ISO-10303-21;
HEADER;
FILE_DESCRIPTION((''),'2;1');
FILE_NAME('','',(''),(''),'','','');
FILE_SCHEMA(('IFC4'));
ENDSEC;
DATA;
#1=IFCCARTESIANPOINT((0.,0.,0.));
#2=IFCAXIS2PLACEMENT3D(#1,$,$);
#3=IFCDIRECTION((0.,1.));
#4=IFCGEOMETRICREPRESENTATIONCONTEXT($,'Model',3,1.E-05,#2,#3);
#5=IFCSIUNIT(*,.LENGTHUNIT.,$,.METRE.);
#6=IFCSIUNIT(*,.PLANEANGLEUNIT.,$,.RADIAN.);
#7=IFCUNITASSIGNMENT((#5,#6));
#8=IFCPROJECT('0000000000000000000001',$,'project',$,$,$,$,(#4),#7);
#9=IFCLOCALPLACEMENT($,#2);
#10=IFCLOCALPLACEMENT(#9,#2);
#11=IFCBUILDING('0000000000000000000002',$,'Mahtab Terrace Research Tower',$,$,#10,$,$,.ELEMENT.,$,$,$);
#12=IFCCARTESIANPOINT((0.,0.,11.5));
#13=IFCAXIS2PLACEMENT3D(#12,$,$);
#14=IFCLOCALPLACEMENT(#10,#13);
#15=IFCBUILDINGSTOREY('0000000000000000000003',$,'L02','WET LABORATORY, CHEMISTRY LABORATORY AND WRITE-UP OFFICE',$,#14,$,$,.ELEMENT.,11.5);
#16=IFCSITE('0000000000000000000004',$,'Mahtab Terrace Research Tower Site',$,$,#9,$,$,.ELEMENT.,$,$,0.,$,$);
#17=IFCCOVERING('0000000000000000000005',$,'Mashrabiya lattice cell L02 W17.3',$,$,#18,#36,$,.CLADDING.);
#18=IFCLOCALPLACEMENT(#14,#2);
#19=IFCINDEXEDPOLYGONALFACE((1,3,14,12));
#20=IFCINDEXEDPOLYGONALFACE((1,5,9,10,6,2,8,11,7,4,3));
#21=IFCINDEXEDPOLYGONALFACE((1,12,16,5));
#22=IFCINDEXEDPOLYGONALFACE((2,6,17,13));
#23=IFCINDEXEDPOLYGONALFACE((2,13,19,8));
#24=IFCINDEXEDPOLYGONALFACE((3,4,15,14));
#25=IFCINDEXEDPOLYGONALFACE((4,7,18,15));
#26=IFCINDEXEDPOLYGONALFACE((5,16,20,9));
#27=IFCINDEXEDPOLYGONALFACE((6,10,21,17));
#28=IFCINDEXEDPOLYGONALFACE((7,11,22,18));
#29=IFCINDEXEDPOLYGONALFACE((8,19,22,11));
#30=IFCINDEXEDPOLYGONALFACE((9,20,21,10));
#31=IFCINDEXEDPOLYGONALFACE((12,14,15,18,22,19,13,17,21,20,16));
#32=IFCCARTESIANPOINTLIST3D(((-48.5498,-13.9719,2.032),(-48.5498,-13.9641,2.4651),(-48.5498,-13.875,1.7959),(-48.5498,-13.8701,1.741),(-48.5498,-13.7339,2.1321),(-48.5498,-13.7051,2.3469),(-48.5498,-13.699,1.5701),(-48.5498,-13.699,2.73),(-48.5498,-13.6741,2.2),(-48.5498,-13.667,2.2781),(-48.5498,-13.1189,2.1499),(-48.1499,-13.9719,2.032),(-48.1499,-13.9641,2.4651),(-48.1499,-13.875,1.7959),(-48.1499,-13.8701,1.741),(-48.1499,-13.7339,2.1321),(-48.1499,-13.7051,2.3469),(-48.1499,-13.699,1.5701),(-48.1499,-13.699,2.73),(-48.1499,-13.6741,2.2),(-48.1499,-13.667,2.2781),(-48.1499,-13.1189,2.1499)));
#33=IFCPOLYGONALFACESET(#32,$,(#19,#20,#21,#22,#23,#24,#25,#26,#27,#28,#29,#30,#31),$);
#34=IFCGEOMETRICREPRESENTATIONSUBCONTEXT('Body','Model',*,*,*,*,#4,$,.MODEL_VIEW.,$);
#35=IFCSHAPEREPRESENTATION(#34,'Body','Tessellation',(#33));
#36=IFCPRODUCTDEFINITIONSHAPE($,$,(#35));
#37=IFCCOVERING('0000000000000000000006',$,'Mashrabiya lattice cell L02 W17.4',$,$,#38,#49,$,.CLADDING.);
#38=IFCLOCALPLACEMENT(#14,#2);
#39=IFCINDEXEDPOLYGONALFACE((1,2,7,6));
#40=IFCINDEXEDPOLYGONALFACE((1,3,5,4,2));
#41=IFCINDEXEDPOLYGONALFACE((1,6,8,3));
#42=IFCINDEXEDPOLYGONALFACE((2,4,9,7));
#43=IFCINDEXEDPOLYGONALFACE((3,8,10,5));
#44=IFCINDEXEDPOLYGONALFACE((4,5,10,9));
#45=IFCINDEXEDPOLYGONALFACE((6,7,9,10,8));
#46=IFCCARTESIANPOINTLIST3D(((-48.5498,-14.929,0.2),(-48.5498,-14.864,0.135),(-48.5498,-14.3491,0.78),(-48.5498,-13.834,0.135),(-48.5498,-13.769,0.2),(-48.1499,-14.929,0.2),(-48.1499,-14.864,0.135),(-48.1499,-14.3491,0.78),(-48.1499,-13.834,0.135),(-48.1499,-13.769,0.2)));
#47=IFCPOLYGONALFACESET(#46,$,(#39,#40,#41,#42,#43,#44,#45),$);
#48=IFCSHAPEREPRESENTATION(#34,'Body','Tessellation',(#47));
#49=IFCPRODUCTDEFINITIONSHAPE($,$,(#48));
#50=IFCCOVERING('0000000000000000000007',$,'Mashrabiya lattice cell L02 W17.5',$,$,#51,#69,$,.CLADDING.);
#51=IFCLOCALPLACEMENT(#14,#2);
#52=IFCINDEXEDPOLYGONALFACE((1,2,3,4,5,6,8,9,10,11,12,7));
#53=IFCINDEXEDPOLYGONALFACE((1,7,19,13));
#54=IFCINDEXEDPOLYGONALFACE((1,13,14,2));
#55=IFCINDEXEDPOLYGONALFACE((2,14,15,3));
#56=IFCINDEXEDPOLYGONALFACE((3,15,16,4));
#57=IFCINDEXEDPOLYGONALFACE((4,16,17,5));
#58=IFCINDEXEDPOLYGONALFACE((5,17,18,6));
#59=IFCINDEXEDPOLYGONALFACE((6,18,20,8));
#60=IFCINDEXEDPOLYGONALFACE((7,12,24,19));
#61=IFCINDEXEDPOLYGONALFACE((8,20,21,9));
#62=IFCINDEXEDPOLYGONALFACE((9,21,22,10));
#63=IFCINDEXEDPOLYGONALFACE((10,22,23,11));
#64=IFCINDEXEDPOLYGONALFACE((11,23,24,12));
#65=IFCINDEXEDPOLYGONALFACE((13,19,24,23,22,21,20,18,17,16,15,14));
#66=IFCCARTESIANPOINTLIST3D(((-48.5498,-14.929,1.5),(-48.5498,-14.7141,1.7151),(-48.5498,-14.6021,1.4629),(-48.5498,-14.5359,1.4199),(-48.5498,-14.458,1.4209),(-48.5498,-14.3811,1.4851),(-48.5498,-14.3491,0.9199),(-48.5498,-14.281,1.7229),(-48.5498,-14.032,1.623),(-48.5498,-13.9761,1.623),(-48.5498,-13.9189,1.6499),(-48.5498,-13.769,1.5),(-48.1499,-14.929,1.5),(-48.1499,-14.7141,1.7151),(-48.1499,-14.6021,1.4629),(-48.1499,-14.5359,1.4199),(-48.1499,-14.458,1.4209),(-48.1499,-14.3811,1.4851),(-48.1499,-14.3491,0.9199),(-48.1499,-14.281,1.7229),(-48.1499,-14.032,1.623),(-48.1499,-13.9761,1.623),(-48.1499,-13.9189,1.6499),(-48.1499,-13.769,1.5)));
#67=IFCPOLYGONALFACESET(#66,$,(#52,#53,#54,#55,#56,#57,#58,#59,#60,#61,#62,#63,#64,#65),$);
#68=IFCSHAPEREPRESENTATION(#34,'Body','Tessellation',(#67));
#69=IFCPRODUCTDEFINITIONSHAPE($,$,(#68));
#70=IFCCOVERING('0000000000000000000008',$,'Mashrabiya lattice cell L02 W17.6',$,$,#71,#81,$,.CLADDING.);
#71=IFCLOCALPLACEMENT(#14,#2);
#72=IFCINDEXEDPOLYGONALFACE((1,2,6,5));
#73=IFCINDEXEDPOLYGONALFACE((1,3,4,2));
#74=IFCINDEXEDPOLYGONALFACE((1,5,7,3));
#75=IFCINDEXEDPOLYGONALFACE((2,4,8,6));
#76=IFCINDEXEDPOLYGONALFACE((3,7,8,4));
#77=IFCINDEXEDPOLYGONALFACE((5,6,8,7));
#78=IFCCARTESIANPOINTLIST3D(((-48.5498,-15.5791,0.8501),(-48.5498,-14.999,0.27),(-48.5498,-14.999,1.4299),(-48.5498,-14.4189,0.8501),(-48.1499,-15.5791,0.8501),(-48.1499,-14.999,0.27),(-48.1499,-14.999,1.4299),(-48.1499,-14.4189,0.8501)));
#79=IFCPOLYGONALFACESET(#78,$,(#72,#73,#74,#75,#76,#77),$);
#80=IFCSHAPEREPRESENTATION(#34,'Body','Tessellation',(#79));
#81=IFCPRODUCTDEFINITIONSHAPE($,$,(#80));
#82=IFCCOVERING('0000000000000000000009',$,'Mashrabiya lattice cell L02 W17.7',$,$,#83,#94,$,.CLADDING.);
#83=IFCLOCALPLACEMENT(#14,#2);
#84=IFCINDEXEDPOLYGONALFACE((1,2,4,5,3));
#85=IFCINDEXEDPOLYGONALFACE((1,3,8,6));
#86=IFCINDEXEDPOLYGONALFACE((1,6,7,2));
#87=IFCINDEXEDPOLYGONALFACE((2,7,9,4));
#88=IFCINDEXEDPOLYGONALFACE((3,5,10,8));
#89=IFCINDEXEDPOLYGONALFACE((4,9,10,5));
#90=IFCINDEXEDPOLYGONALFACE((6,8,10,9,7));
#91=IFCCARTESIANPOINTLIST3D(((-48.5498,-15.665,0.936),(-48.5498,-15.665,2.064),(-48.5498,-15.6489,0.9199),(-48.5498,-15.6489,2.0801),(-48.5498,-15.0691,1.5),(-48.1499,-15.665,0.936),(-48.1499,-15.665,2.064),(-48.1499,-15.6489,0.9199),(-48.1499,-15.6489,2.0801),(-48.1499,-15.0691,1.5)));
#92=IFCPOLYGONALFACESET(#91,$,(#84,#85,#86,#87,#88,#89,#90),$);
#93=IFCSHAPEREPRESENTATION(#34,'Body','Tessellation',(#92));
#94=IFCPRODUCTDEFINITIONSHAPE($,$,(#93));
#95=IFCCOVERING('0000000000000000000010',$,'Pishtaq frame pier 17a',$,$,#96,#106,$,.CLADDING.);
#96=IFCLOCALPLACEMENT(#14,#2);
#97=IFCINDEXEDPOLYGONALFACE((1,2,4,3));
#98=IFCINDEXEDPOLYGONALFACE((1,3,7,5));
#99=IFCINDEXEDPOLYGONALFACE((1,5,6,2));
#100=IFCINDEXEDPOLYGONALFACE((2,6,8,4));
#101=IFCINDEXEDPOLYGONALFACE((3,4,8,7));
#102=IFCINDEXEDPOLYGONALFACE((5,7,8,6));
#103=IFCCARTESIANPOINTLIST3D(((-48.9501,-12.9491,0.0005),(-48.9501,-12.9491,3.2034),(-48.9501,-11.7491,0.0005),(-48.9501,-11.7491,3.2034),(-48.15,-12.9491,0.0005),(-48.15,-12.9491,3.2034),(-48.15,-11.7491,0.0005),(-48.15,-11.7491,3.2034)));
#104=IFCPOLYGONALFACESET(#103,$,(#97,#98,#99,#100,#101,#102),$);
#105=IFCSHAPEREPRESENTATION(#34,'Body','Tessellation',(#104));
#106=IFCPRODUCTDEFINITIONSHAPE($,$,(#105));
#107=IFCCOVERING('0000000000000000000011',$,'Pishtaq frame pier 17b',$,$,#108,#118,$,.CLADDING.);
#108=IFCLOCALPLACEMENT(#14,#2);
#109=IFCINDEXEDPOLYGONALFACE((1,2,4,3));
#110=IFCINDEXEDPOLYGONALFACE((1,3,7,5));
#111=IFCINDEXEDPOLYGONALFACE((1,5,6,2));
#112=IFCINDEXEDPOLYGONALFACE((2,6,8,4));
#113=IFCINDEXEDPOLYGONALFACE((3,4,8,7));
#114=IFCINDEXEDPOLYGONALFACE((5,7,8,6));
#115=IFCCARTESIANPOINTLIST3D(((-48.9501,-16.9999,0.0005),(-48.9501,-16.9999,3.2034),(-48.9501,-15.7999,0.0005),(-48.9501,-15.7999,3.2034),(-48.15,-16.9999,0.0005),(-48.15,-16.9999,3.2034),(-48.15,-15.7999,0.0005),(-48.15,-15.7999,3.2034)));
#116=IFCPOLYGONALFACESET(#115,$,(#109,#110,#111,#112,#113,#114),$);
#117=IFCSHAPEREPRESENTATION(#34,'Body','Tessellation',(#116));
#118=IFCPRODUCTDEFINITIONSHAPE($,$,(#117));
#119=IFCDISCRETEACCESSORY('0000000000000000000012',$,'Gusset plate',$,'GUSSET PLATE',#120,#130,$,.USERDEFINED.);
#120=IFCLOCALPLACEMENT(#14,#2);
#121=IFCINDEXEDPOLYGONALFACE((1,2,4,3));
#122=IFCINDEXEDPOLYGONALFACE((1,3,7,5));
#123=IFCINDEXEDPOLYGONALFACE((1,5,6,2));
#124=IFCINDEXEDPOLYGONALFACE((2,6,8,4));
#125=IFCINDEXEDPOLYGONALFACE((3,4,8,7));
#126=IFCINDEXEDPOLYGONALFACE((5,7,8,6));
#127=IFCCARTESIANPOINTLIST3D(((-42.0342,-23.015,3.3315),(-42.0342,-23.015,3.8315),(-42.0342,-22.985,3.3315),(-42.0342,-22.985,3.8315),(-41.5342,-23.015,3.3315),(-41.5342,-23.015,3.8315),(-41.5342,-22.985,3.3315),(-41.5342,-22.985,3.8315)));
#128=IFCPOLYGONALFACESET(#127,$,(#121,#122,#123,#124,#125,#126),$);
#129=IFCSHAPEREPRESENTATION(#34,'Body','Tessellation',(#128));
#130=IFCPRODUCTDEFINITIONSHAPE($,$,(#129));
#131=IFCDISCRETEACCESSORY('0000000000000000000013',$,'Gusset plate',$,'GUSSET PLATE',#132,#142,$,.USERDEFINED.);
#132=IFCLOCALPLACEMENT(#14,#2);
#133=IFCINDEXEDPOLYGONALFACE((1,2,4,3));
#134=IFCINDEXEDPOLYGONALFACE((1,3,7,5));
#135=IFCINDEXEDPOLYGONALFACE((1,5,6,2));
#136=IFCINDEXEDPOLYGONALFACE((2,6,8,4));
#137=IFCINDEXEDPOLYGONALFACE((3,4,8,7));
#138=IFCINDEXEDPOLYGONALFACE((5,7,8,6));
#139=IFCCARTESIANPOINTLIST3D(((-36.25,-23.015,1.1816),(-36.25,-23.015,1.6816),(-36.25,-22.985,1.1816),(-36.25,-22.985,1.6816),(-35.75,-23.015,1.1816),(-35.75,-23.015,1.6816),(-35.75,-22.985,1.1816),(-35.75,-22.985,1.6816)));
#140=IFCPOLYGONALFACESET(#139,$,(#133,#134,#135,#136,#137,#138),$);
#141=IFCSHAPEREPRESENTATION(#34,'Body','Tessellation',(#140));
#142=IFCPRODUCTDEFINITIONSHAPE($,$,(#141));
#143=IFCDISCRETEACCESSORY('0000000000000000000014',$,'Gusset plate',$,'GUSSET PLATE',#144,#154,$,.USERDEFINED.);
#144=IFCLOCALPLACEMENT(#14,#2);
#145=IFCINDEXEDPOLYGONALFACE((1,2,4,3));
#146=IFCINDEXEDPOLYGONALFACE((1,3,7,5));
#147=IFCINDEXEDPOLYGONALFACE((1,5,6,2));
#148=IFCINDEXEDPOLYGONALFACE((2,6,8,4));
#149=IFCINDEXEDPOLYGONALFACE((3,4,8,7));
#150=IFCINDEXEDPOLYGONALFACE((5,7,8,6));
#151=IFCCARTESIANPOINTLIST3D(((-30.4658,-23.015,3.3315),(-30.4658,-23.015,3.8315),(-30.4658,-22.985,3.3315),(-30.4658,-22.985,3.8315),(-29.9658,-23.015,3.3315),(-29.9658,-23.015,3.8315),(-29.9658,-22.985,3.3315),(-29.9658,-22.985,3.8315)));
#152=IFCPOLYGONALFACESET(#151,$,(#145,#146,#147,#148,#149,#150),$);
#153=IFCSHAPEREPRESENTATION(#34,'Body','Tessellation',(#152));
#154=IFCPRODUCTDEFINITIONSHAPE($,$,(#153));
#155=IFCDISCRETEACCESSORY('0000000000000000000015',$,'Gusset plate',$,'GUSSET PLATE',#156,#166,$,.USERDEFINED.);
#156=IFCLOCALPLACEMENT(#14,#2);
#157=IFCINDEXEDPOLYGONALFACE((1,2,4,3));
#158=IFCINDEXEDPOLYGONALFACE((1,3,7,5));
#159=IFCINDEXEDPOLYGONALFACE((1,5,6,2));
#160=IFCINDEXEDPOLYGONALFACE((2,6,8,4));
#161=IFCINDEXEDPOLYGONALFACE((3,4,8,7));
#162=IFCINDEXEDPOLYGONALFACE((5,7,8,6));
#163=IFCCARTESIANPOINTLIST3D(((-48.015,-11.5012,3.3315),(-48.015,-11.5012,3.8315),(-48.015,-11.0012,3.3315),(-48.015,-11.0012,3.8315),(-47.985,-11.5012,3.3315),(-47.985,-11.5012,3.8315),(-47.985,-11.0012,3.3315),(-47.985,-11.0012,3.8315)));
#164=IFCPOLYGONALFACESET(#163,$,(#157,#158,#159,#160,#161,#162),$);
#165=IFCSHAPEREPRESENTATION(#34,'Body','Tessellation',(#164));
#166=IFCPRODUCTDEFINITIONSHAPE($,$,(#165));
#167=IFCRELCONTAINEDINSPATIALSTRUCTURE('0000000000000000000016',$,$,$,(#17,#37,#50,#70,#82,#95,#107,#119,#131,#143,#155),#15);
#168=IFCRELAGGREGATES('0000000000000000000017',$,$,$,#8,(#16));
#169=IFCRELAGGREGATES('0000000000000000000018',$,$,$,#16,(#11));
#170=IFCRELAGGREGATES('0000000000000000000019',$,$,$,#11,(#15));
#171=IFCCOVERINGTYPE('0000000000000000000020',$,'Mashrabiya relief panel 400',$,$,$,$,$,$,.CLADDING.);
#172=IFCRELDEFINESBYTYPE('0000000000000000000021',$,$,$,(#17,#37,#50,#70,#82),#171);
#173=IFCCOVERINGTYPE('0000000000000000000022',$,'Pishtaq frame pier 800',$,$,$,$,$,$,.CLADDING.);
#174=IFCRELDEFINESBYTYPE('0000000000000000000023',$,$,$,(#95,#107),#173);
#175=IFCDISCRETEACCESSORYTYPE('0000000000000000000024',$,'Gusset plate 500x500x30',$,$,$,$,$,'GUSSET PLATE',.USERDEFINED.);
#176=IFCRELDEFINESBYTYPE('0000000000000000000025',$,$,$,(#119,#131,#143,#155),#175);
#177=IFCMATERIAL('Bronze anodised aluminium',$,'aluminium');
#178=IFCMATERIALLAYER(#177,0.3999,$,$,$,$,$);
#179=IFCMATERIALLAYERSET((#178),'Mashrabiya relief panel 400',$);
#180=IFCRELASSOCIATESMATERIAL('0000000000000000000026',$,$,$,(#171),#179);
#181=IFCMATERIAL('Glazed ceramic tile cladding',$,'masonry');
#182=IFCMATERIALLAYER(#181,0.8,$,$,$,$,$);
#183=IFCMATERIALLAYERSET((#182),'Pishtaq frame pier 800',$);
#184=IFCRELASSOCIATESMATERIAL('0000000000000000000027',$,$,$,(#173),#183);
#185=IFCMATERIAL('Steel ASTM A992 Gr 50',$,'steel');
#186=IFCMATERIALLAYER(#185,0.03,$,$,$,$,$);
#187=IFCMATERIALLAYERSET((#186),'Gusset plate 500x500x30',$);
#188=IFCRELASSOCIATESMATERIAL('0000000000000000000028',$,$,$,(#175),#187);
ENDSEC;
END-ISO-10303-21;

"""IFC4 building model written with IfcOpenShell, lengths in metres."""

from ifc_helpers import new_model, si_unit, direction, frame, origin, origin_2d, place, context, subcontext, project, spatial, polyline, rectangle, outline, extrude, material, layer, layer_set, type_object, element, save


model = new_model("IFC4")

# Units and contexts
model_context = context("Model", 3, precision=1e-05, world=origin(), true_north=direction((0.0, 1.0)))
body_context = subcontext(model_context, "Body", "Model", "MODEL_VIEW")
ifc_project = project(units=[si_unit("LENGTHUNIT", "METRE"), si_unit("PLANEANGLEUNIT", "RADIAN")], contexts=[model_context])

# Site, building, storey
site_placement = place(None, origin())
site = spatial("IfcSite", under=ifc_project, at=site_placement, Name="Mahtab Terrace Research Tower Site", CompositionType="ELEMENT", RefElevation=0.0)
building_placement = place(site_placement, origin())
building = spatial("IfcBuilding", under=site, at=building_placement, Name="Mahtab Terrace Research Tower", CompositionType="ELEMENT")
storey_placement = place(building_placement, frame((0.0, 0.0, 11.5)))
storey = spatial("IfcBuildingStorey", under=building, at=storey_placement, Name="L02", Description="WET LABORATORY, CHEMISTRY LABORATORY AND WRITE-UP OFFICE", CompositionType="ELEMENT", Elevation=11.5)

# Shared definitions
ifc_material_1 = material(Name="Steel ASTM A992 Gr 50", Category="steel")

# Coverings
ifc_material_2 = material(Name="Bronze anodised aluminium", Category="aluminium")
ifc_layer_1 = layer(ifc_material_2, 0.3999)
ifc_layer_set_1 = layer_set([ifc_layer_1], Name="Mashrabiya relief panel 400")
covering_type_1 = type_object("IfcCoveringType", Name="Mashrabiya relief panel 400", PredefinedType="CLADDING", material=ifc_layer_set_1)
covering_1_placement = place(storey_placement, frame((-48.1499, -13.699, 1.5701), z_axis=(1.0, 0.0, 0.0), x_axis=(0.0, 0.707256, 0.706958)))
element("IfcCovering", 1, at=covering_1_placement, inside=storey, type_object=covering_type_1, Name="Mashrabiya lattice cell L02 W17.3", PredefinedType="CLADDING", context=body_context, shape_type="SweptSolid", body=[
    extrude(outline(polyline([(0.0, 0.0), (0.8202, 0.0), (0.82, 0.8204), (0.4452, 0.8204), (0.5449, 0.5538), (0.5232, 0.4781), (0.4629, 0.4279), (0.3726, 0.4222), (0.1335, 0.5197), (0.0352, 0.2842), (-0.0002, 0.2419), (0.0, 0.0)])), origin(), (0.0, 0.0, -1.0), 0.3999),
])
covering_2_placement = place(storey_placement, frame((-48.1499, -13.769, 0.2), z_axis=(1.0, 0.0, 0.0), x_axis=(0.0, -0.707107, 0.707107)))
element("IfcCovering", 2, at=covering_2_placement, inside=storey, type_object=covering_type_1, Name="Mashrabiya lattice cell L02 W17.4", PredefinedType="CLADDING", context=body_context, shape_type="SweptSolid", body=[
    extrude(outline(polyline([(0.0, 0.0), (0.8204, 0.0), (0.8202, 0.8202), (0.7283, 0.8202), (0.0, 0.0918), (0.0, 0.0)])), origin(), (0.0, 0.0, -1.0), 0.3999),
])
covering_3_placement = place(storey_placement, frame((-48.1499, -14.929, 1.5), z_axis=(1.0, 0.0, 0.0), x_axis=(0.0, 0.706958, -0.707256)))
element("IfcCovering", 3, at=covering_3_placement, inside=storey, type_object=covering_type_1, Name="Mashrabiya lattice cell L02 W17.5", PredefinedType="CLADDING", context=body_context, shape_type="SweptSolid", body=[
    extrude(outline(polyline([(0.0, 0.0), (0.8202, 0.0), (0.82, 0.8204), (0.608, 0.8203), (0.5866, 0.7609), (0.5471, 0.7214), (0.3004, 0.6158), (0.3978, 0.3769), (0.3889, 0.2772), (0.3345, 0.2214), (0.2574, 0.205), (-0.0002, 0.304), (0.0, 0.0)])), origin(), (0.0, 0.0, -1.0), 0.3999),
])
covering_4_placement = place(storey_placement, frame((-48.1499, -14.999, 1.4299), z_axis=(1.0, 0.0, 0.0), x_axis=(0.0, -0.707256, -0.706958)))
element("IfcCovering", 4, at=covering_4_placement, inside=storey, type_object=covering_type_1, Name="Mashrabiya lattice cell L02 W17.6", PredefinedType="CLADDING", context=body_context, shape_type="SweptSolid", body=[
    extrude(outline(polyline([(0.0, 0.0), (0.8202, 0.0), (0.82, 0.8204), (-0.0003, 0.8202), (0.0, 0.0)])), origin(), (0.0, 0.0, -1.0), 0.3999),
])
covering_5_placement = place(storey_placement, frame((-48.1499, -15.6489, 0.9199), z_axis=(1.0, 0.0, 0.0), x_axis=(0.0, 0.706958, 0.707256)))
element("IfcCovering", 5, at=covering_5_placement, inside=storey, type_object=covering_type_1, Name="Mashrabiya lattice cell L02 W17.7", PredefinedType="CLADDING", context=body_context, shape_type="SweptSolid", body=[
    extrude(outline(polyline([(0.0, 0.0), (0.8202, 0.0), (0.8205, 0.8202), (0.7977, 0.8202), (0.0, 0.0228), (0.0, 0.0)])), origin(), (0.0, 0.0, -1.0), 0.3999),
])
ifc_material_3 = material(Name="Glazed ceramic tile cladding", Category="masonry")
ifc_layer_2 = layer(ifc_material_3, 0.8)
ifc_layer_set_2 = layer_set([ifc_layer_2], Name="Pishtaq frame pier 800")
covering_type_2 = type_object("IfcCoveringType", Name="Pishtaq frame pier 800", PredefinedType="CLADDING", material=ifc_layer_set_2)
for number, where, z_axis, x_axis, name in (
    (6, (-48.55, -12.3491, 0.0005), (0.0, 0.0, 1.0), (0.0, -1.0, 0.0), "Pishtaq frame pier 17a"),
    (7, (-48.55, -16.3999, 0.0005), (0.0, 0.0, 1.0), (0.0, -1.0, 0.0), "Pishtaq frame pier 17b"),
):
    element("IfcCovering", number, at=place(storey_placement, frame(where, z_axis=z_axis, x_axis=x_axis)), inside=storey, type_object=covering_type_2, Name=name, PredefinedType="CLADDING", context=body_context, shape_type="SweptSolid", body=[
        extrude(rectangle(XDim=1.2, YDim=0.8, at=origin_2d()), origin(), (0.0, 0.0, 1.0), 3.2029),
    ])

# Discrete accessories
ifc_layer_3 = layer(ifc_material_1, 0.03)
ifc_layer_set_3 = layer_set([ifc_layer_3], Name="Gusset plate 500x500x30")
discrete_accessory_type = type_object("IfcDiscreteAccessoryType", Name="Gusset plate 500x500x30", ElementType="GUSSET PLATE", PredefinedType="USERDEFINED", material=ifc_layer_set_3)
for number, where, z_axis, x_axis, name in (
    (8, (-41.7842, -23.0, 3.3315), (0.0, 0.0, 1.0), (1.0, 0.0, 0.0), "Gusset plate"),
    (9, (-36.0, -23.0, 1.1816), (0.0, 0.0, 1.0), (1.0, 0.0, 0.0), "Gusset plate"),
    (10, (-30.2158, -23.0, 3.3315), (0.0, 0.0, 1.0), (1.0, 0.0, 0.0), "Gusset plate"),
    (11, (-48.0, -11.2512, 3.3315), (0.0, 0.0, 1.0), (0.0, 1.0, 0.0), "Gusset plate"),
):
    element("IfcDiscreteAccessory", number, at=place(storey_placement, frame(where, z_axis=z_axis, x_axis=x_axis)), inside=storey, type_object=discrete_accessory_type, Name=name, ObjectType="GUSSET PLATE", PredefinedType="USERDEFINED", context=body_context, shape_type="SweptSolid", body=[
        extrude(rectangle(XDim=0.5, YDim=0.03, at=origin_2d()), origin(), (0.0, 0.0, 1.0), 0.5),
    ])

save(model, "model.ifc")
